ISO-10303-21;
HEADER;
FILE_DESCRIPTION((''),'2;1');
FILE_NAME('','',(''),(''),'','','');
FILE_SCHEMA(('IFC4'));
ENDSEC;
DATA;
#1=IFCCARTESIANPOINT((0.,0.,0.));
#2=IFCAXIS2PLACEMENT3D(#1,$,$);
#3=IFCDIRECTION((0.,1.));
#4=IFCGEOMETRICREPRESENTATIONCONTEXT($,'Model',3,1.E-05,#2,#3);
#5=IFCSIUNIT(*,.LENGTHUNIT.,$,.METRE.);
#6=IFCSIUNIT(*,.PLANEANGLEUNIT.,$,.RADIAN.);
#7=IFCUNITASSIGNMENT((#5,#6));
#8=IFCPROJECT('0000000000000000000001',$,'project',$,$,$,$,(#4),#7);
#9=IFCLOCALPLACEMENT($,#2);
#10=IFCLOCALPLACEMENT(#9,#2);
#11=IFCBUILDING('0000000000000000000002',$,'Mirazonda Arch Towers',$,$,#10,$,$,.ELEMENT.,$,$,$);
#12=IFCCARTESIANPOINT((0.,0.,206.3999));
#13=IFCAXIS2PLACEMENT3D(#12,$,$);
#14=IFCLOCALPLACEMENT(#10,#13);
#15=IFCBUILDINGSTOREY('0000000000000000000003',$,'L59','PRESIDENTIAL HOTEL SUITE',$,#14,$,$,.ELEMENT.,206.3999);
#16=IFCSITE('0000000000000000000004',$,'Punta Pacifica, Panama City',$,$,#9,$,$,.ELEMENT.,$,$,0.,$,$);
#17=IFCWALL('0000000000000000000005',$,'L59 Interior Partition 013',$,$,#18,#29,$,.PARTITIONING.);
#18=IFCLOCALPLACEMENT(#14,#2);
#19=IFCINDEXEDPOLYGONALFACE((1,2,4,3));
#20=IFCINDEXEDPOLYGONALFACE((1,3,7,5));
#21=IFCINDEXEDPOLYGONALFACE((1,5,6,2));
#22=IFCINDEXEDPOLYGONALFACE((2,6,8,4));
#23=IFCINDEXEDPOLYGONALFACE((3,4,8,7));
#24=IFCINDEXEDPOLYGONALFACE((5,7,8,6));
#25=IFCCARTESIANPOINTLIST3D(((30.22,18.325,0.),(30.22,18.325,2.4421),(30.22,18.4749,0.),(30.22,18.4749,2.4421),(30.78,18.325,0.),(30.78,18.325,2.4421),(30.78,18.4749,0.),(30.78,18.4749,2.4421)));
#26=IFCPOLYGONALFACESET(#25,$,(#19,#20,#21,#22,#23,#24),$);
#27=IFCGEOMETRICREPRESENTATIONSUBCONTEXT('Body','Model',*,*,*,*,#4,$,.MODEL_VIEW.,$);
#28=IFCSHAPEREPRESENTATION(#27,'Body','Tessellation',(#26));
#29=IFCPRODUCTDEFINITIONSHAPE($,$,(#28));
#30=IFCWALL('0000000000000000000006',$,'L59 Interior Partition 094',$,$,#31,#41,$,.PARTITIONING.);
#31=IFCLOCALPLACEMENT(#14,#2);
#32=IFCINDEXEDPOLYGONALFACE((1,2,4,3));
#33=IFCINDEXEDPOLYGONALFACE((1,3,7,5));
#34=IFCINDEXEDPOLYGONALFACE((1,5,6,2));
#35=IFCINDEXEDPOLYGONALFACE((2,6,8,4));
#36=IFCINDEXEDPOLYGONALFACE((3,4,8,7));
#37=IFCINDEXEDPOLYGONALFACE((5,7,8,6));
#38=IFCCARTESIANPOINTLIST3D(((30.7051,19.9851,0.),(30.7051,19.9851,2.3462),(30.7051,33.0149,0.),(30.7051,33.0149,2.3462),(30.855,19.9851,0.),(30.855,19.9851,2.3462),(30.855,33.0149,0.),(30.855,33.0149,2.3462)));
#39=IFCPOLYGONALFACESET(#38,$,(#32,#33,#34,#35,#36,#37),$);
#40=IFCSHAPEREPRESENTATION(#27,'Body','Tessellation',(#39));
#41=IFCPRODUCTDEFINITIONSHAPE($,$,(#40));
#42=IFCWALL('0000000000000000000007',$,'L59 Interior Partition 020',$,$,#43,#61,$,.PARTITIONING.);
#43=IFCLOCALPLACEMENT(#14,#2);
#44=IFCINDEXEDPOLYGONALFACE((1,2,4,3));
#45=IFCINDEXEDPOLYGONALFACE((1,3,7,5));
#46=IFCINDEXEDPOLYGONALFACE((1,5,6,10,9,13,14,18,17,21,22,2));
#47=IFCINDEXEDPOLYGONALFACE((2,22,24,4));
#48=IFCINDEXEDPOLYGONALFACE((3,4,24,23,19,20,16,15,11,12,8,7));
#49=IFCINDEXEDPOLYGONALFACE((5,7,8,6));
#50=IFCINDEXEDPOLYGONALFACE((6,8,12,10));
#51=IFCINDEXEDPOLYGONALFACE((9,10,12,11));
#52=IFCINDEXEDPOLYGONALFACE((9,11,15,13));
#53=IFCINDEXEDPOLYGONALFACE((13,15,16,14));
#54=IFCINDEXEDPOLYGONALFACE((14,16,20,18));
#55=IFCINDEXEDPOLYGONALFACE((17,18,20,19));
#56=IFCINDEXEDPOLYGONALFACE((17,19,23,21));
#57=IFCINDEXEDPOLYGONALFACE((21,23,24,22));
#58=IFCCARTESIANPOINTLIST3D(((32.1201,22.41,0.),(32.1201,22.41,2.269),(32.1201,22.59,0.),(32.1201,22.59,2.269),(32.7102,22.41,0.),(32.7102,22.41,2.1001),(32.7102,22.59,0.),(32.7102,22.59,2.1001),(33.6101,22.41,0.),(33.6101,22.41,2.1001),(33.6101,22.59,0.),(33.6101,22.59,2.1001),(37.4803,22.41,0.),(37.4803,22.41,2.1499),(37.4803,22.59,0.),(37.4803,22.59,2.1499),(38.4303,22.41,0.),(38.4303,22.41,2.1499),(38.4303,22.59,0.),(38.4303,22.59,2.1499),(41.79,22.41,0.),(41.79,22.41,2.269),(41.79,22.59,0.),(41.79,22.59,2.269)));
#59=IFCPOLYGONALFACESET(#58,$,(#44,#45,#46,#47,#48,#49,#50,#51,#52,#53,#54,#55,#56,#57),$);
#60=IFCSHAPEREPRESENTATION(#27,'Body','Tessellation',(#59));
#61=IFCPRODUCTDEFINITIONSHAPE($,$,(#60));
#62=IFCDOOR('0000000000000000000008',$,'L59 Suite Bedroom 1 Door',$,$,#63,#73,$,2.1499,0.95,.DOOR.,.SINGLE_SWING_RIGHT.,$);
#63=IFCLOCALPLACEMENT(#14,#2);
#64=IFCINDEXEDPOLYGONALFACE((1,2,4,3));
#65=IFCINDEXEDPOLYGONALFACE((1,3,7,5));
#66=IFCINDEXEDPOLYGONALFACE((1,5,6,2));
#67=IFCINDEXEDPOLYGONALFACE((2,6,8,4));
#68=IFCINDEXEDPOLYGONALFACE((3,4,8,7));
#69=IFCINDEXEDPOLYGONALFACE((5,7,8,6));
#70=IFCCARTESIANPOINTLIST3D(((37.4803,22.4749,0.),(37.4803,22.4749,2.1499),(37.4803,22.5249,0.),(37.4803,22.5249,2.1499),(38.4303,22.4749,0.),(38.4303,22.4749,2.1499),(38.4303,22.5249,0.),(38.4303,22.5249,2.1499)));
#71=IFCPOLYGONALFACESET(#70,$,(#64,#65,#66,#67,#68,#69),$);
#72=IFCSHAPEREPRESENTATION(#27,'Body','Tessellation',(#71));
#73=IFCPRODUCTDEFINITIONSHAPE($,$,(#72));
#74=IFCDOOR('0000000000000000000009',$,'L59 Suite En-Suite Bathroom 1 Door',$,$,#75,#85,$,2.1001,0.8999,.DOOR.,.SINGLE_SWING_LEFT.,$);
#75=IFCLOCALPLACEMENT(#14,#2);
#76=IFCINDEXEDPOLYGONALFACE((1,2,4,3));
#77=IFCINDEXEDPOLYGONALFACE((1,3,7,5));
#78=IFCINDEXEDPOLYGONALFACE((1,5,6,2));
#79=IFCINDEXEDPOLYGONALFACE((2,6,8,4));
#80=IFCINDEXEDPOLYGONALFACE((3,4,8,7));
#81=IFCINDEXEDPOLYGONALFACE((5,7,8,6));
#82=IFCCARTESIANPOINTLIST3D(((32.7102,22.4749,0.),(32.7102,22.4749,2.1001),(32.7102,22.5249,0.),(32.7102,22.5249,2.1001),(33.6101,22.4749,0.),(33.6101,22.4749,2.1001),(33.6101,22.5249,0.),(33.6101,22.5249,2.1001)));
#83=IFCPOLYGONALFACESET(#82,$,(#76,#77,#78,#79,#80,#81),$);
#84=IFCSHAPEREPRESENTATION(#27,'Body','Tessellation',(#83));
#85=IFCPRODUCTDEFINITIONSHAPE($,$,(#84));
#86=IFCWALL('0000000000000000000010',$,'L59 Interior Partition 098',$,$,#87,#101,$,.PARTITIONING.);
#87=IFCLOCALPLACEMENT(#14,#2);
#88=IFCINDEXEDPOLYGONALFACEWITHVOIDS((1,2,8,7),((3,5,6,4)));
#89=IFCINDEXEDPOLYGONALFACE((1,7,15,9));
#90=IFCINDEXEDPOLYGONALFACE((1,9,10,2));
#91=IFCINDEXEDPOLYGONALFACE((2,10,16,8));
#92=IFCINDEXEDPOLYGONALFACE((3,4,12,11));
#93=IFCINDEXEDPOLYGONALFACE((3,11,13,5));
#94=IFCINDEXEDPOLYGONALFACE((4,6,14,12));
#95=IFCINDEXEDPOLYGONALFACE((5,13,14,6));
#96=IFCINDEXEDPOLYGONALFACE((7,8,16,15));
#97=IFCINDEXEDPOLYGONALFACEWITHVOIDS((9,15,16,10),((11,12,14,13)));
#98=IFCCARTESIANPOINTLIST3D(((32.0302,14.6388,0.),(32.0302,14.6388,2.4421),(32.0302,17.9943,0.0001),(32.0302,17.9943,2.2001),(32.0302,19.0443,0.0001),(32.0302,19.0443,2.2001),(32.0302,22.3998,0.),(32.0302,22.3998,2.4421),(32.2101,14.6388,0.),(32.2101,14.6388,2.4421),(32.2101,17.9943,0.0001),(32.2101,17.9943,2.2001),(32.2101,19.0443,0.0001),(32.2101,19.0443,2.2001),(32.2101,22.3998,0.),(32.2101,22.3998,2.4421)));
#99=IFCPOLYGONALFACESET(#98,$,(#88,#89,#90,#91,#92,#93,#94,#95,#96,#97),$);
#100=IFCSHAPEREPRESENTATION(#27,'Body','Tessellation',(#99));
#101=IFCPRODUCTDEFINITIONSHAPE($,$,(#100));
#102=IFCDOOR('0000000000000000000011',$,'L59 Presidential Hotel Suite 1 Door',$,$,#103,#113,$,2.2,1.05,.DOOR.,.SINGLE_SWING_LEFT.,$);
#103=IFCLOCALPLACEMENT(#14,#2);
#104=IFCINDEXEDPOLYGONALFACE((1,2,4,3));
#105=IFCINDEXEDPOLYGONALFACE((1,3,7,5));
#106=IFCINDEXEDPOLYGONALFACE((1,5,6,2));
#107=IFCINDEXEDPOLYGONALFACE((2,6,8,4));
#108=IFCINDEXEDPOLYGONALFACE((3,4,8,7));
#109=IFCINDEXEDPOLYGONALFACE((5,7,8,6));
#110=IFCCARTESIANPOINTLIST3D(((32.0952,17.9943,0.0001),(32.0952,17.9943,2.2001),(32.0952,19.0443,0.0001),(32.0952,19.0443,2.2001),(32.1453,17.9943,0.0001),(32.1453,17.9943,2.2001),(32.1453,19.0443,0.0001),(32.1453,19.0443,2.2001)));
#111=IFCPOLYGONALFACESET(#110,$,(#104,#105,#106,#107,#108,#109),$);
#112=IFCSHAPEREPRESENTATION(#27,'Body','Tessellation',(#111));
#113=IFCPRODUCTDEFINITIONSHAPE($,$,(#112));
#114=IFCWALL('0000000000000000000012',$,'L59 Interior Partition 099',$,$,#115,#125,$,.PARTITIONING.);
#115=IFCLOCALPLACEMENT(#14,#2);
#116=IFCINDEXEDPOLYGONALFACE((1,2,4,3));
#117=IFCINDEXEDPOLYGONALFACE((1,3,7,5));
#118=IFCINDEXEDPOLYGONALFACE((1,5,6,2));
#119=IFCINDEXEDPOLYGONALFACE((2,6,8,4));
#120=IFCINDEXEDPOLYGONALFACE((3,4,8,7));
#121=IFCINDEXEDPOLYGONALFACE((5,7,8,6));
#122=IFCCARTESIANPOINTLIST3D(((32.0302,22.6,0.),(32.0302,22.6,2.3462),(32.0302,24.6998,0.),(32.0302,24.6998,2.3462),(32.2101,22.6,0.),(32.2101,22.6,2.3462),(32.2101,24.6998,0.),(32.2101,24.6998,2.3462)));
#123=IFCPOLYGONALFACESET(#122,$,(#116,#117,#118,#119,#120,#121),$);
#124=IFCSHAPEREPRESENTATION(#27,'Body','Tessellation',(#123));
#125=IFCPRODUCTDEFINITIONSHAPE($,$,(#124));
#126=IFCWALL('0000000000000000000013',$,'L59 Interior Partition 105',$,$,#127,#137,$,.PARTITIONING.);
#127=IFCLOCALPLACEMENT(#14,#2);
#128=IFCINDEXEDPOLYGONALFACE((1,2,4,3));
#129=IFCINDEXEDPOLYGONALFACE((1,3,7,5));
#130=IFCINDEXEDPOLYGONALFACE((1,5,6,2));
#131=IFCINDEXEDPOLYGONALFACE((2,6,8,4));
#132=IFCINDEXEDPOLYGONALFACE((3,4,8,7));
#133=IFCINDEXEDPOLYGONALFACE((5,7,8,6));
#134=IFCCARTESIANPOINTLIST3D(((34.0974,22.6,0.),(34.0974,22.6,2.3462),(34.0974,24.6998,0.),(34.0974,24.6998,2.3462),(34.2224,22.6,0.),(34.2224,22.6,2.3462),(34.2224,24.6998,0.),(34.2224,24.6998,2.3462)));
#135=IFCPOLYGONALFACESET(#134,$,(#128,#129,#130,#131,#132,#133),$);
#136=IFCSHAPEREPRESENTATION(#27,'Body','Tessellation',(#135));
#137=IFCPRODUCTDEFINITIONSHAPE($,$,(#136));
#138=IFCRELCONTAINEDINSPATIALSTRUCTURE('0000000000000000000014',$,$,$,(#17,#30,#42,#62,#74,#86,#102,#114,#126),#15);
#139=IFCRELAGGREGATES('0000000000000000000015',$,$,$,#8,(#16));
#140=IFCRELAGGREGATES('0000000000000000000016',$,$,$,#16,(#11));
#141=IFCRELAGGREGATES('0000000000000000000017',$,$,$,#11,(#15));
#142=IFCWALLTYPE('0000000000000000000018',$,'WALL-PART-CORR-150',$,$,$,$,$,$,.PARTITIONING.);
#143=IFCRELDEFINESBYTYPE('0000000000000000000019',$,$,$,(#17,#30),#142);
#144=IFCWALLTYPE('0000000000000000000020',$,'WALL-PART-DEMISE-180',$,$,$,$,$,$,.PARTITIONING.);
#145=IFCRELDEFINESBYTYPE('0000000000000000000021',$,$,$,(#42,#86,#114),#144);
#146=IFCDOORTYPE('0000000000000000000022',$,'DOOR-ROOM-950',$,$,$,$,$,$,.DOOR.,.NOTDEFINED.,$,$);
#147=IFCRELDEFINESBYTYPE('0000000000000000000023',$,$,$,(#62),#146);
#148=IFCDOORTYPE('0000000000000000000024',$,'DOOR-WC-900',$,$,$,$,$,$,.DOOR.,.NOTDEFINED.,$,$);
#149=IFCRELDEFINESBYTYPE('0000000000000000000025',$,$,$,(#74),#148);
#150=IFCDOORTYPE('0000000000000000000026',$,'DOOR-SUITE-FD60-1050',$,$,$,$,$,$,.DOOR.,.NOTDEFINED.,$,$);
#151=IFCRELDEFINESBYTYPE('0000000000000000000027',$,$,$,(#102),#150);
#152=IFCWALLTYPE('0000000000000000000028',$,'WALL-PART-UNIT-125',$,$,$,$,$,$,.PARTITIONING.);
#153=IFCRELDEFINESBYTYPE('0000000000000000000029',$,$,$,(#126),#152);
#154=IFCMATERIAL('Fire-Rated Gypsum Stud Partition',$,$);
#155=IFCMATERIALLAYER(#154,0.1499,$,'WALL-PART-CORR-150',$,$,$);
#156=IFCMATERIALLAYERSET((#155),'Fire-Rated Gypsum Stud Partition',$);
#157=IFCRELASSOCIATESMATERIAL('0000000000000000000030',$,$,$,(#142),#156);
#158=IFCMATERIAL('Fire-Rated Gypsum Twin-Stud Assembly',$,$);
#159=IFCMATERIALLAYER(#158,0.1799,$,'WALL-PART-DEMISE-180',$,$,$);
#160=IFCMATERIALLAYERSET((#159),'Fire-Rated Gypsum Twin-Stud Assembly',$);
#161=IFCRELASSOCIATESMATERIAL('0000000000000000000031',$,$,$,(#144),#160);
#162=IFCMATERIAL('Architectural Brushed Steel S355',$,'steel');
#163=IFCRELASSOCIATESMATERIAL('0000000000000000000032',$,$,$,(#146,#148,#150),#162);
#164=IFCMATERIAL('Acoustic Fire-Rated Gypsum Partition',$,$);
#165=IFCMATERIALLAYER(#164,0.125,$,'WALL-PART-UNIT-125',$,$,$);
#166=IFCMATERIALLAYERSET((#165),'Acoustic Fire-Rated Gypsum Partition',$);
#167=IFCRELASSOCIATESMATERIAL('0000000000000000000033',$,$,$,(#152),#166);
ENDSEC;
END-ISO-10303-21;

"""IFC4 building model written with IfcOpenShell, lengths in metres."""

from ifc_helpers import new_model, si_unit, direction, frame, frame_2d, origin, place, context, subcontext, project, spatial, rectangle, extrude, material, layer, layer_set, type_object, element, fill, save


model = new_model("IFC4")

# Units and contexts
model_context = context("Model", 3, precision=1e-05, world=origin(), true_north=direction((0.0, 1.0)))
body_context = subcontext(model_context, "Body", "Model", "MODEL_VIEW")
ifc_project = project(units=[si_unit("LENGTHUNIT", "METRE"), si_unit("PLANEANGLEUNIT", "RADIAN")], contexts=[model_context])

# Site, building, storey
site_placement = place(None, origin())
site = spatial("IfcSite", under=ifc_project, at=site_placement, Name="Punta Pacifica, Panama City", CompositionType="ELEMENT", RefElevation=0.0)
building_placement = place(site_placement, origin())
building = spatial("IfcBuilding", under=site, at=building_placement, Name="Mirazonda Arch Towers", CompositionType="ELEMENT")
storey_placement = place(building_placement, frame((0.0, 0.0, 206.3999)))
storey = spatial("IfcBuildingStorey", under=building, at=storey_placement, Name="L59", Description="PRESIDENTIAL HOTEL SUITE", CompositionType="ELEMENT", Elevation=206.3999)

# Walls
ifc_material_1 = material(Name="Fire-Rated Gypsum Stud Partition")
ifc_layer_1 = layer(ifc_material_1, 0.1499, Name="WALL-PART-CORR-150")
ifc_layer_set_1 = layer_set([ifc_layer_1], Name="Fire-Rated Gypsum Stud Partition")
wall_type_1 = type_object("IfcWallType", Name="WALL-PART-CORR-150", PredefinedType="PARTITIONING", material=ifc_layer_set_1)
wall_1_placement = place(storey_placement, frame((30.22, 18.3999, 0.0), z_axis=(0.0, 0.0, 1.0), x_axis=(1.0, 0.0, 0.0)))
element("IfcWall", 1, at=wall_1_placement, inside=storey, type_object=wall_type_1, Name="L59 Interior Partition 013", PredefinedType="PARTITIONING", context=body_context, shape_type="SweptSolid", body=[
    extrude(rectangle(XDim=0.5601, YDim=0.1499, at=frame_2d((0.28, 0.0))), origin(), (0.0, 0.0, 1.0), 2.4421),
])
wall_2_placement = place(storey_placement, frame((30.78, 19.9851, 0.0), z_axis=(0.0, 0.0, 1.0), x_axis=(0.0, 1.0, 0.0)))
element("IfcWall", 2, at=wall_2_placement, inside=storey, type_object=wall_type_1, Name="L59 Interior Partition 094", PredefinedType="PARTITIONING", context=body_context, shape_type="SweptSolid", body=[
    extrude(rectangle(XDim=13.0298, YDim=0.1499, at=frame_2d((6.5149, 0.0))), origin(), (0.0, 0.0, 1.0), 2.3462),
])

# Wall, openings, doors
ifc_material_2 = material(Name="Fire-Rated Gypsum Twin-Stud Assembly")
ifc_layer_2 = layer(ifc_material_2, 0.1799, Name="WALL-PART-DEMISE-180")
ifc_layer_set_2 = layer_set([ifc_layer_2], Name="Fire-Rated Gypsum Twin-Stud Assembly")
wall_type_2 = type_object("IfcWallType", Name="WALL-PART-DEMISE-180", PredefinedType="PARTITIONING", material=ifc_layer_set_2)
wall_3_placement = place(storey_placement, frame((32.1201, 22.5, 0.0), z_axis=(0.0, 0.0, 1.0), x_axis=(1.0, 0.0, 0.0)))
wall_3 = element("IfcWall", 3, at=wall_3_placement, inside=storey, type_object=wall_type_2, Name="L59 Interior Partition 020", PredefinedType="PARTITIONING", context=body_context, shape_type="SweptSolid", body=[
    extrude(rectangle(XDim=9.6699, YDim=0.1799, at=frame_2d((4.835, 0.0))), origin(), (0.0, 0.0, 1.0), 2.269),
])
opening_1_placement = place(wall_3_placement, frame((5.3601, 0.0, 0.0)))
opening_1 = element("IfcOpeningElement", 4, at=opening_1_placement, cuts=wall_3, PredefinedType="OPENING", context=body_context, shape_type="SweptSolid", body=[
    extrude(rectangle(XDim=0.95, YDim=2.1499, at=frame_2d((0.4751, 1.075))), frame((0.0, 0.0999, 0.0), z_axis=(0.0, -1.0, 0.0), x_axis=(1.0, 0.0, 0.0)), (0.0, 0.0, 1.0), 0.2),
])
opening_2_placement = place(wall_3_placement, frame((0.5901, 0.0, 0.0)))
opening_2 = element("IfcOpeningElement", 5, at=opening_2_placement, cuts=wall_3, PredefinedType="OPENING", context=body_context, shape_type="SweptSolid", body=[
    extrude(rectangle(XDim=0.8999, YDim=2.1001, at=frame_2d((0.45, 1.05))), frame((0.0, 0.0999, 0.0), z_axis=(0.0, -1.0, 0.0), x_axis=(1.0, 0.0, 0.0)), (0.0, 0.0, 1.0), 0.2),
])
ifc_material_3 = material(Name="Architectural Brushed Steel S355", Category="steel")
door_type_1 = type_object("IfcDoorType", Name="DOOR-ROOM-950", OperationType="NOTDEFINED", PredefinedType="DOOR", material=ifc_material_3)
door_1_placement = place(opening_1_placement, origin())
door_1 = element("IfcDoor", 6, at=door_1_placement, inside=storey, type_object=door_type_1, Name="L59 Suite Bedroom 1 Door", OperationType="SINGLE_SWING_RIGHT", OverallHeight=2.1499, OverallWidth=0.95, PredefinedType="DOOR", context=body_context, shape_type="SweptSolid", body=[
    extrude(rectangle(XDim=0.95, YDim=2.1499, at=frame_2d((0.4751, 1.075))), frame((0.0, 0.0249, 0.0), z_axis=(0.0, -1.0, 0.0), x_axis=(1.0, 0.0, 0.0)), (0.0, 0.0, 1.0), 0.05),
])
fill(opening_1, door_1)
door_type_2 = type_object("IfcDoorType", Name="DOOR-WC-900", OperationType="NOTDEFINED", PredefinedType="DOOR", material=ifc_material_3)
door_2_placement = place(opening_2_placement, origin())
door_2 = element("IfcDoor", 7, at=door_2_placement, inside=storey, type_object=door_type_2, Name="L59 Suite En-Suite Bathroom 1 Door", OperationType="SINGLE_SWING_LEFT", OverallHeight=2.1001, OverallWidth=0.8999, PredefinedType="DOOR", context=body_context, shape_type="SweptSolid", body=[
    extrude(rectangle(XDim=0.8999, YDim=2.1001, at=frame_2d((0.45, 1.05))), frame((0.0, 0.0249, 0.0), z_axis=(0.0, -1.0, 0.0), x_axis=(1.0, 0.0, 0.0)), (0.0, 0.0, 1.0), 0.05),
])
fill(opening_2, door_2)

# Wall, opening, door
wall_4_placement = place(storey_placement, frame((32.1201, 14.6389, 0.0), z_axis=(0.0, 0.0, 1.0), x_axis=(0.0, 1.0, 0.0)))
wall_4 = element("IfcWall", 8, at=wall_4_placement, inside=storey, type_object=wall_type_2, Name="L59 Interior Partition 098", PredefinedType="PARTITIONING", context=body_context, shape_type="SweptSolid", body=[
    extrude(rectangle(XDim=7.761, YDim=0.1799, at=frame_2d((3.8804, 0.0))), origin(), (0.0, 0.0, 1.0), 2.4421),
])
opening_3_placement = place(wall_4_placement, frame((3.3555, 0.0, 0.0)))
opening_3 = element("IfcOpeningElement", 9, at=opening_3_placement, cuts=wall_4, PredefinedType="OPENING", context=body_context, shape_type="SweptSolid", body=[
    extrude(rectangle(XDim=1.05, YDim=2.2, at=frame_2d((0.5249, 1.1001))), frame((0.0, 0.0999, 0.0), z_axis=(0.0, -1.0, 0.0), x_axis=(1.0, 0.0, 0.0)), (0.0, 0.0, 1.0), 0.2),
])
door_type_3 = type_object("IfcDoorType", Name="DOOR-SUITE-FD60-1050", OperationType="NOTDEFINED", PredefinedType="DOOR", material=ifc_material_3)
door_3_placement = place(opening_3_placement, origin())
door_3 = element("IfcDoor", 10, at=door_3_placement, inside=storey, type_object=door_type_3, Name="L59 Presidential Hotel Suite 1 Door", OperationType="SINGLE_SWING_LEFT", OverallHeight=2.2, OverallWidth=1.05, PredefinedType="DOOR", context=body_context, shape_type="SweptSolid", body=[
    extrude(rectangle(XDim=1.05, YDim=2.2, at=frame_2d((0.5249, 1.1001))), frame((0.0, 0.0249, 0.0), z_axis=(0.0, -1.0, 0.0), x_axis=(1.0, 0.0, 0.0)), (0.0, 0.0, 1.0), 0.05),
])
fill(opening_3, door_3)

# Walls
wall_5_placement = place(storey_placement, frame((32.1201, 22.6001, 0.0), z_axis=(0.0, 0.0, 1.0), x_axis=(0.0, 1.0, 0.0)))
element("IfcWall", 11, at=wall_5_placement, inside=storey, type_object=wall_type_2, Name="L59 Interior Partition 099", PredefinedType="PARTITIONING", context=body_context, shape_type="SweptSolid", body=[
    extrude(rectangle(XDim=2.0999, YDim=0.1799, at=frame_2d((1.0498, 0.0))), origin(), (0.0, 0.0, 1.0), 2.3462),
])
ifc_material_4 = material(Name="Acoustic Fire-Rated Gypsum Partition")
ifc_layer_3 = layer(ifc_material_4, 0.125, Name="WALL-PART-UNIT-125")
ifc_layer_set_3 = layer_set([ifc_layer_3], Name="Acoustic Fire-Rated Gypsum Partition")
wall_type_3 = type_object("IfcWallType", Name="WALL-PART-UNIT-125", PredefinedType="PARTITIONING", material=ifc_layer_set_3)
wall_6_placement = place(storey_placement, frame((34.1599, 22.6001, 0.0), z_axis=(0.0, 0.0, 1.0), x_axis=(0.0, 1.0, 0.0)))
element("IfcWall", 12, at=wall_6_placement, inside=storey, type_object=wall_type_3, Name="L59 Interior Partition 105", PredefinedType="PARTITIONING", context=body_context, shape_type="SweptSolid", body=[
    extrude(rectangle(XDim=2.0999, YDim=0.125, at=frame_2d((1.0498, 0.0))), origin(), (0.0, 0.0, 1.0), 2.3462),
])

save(model, "model.ifc")
